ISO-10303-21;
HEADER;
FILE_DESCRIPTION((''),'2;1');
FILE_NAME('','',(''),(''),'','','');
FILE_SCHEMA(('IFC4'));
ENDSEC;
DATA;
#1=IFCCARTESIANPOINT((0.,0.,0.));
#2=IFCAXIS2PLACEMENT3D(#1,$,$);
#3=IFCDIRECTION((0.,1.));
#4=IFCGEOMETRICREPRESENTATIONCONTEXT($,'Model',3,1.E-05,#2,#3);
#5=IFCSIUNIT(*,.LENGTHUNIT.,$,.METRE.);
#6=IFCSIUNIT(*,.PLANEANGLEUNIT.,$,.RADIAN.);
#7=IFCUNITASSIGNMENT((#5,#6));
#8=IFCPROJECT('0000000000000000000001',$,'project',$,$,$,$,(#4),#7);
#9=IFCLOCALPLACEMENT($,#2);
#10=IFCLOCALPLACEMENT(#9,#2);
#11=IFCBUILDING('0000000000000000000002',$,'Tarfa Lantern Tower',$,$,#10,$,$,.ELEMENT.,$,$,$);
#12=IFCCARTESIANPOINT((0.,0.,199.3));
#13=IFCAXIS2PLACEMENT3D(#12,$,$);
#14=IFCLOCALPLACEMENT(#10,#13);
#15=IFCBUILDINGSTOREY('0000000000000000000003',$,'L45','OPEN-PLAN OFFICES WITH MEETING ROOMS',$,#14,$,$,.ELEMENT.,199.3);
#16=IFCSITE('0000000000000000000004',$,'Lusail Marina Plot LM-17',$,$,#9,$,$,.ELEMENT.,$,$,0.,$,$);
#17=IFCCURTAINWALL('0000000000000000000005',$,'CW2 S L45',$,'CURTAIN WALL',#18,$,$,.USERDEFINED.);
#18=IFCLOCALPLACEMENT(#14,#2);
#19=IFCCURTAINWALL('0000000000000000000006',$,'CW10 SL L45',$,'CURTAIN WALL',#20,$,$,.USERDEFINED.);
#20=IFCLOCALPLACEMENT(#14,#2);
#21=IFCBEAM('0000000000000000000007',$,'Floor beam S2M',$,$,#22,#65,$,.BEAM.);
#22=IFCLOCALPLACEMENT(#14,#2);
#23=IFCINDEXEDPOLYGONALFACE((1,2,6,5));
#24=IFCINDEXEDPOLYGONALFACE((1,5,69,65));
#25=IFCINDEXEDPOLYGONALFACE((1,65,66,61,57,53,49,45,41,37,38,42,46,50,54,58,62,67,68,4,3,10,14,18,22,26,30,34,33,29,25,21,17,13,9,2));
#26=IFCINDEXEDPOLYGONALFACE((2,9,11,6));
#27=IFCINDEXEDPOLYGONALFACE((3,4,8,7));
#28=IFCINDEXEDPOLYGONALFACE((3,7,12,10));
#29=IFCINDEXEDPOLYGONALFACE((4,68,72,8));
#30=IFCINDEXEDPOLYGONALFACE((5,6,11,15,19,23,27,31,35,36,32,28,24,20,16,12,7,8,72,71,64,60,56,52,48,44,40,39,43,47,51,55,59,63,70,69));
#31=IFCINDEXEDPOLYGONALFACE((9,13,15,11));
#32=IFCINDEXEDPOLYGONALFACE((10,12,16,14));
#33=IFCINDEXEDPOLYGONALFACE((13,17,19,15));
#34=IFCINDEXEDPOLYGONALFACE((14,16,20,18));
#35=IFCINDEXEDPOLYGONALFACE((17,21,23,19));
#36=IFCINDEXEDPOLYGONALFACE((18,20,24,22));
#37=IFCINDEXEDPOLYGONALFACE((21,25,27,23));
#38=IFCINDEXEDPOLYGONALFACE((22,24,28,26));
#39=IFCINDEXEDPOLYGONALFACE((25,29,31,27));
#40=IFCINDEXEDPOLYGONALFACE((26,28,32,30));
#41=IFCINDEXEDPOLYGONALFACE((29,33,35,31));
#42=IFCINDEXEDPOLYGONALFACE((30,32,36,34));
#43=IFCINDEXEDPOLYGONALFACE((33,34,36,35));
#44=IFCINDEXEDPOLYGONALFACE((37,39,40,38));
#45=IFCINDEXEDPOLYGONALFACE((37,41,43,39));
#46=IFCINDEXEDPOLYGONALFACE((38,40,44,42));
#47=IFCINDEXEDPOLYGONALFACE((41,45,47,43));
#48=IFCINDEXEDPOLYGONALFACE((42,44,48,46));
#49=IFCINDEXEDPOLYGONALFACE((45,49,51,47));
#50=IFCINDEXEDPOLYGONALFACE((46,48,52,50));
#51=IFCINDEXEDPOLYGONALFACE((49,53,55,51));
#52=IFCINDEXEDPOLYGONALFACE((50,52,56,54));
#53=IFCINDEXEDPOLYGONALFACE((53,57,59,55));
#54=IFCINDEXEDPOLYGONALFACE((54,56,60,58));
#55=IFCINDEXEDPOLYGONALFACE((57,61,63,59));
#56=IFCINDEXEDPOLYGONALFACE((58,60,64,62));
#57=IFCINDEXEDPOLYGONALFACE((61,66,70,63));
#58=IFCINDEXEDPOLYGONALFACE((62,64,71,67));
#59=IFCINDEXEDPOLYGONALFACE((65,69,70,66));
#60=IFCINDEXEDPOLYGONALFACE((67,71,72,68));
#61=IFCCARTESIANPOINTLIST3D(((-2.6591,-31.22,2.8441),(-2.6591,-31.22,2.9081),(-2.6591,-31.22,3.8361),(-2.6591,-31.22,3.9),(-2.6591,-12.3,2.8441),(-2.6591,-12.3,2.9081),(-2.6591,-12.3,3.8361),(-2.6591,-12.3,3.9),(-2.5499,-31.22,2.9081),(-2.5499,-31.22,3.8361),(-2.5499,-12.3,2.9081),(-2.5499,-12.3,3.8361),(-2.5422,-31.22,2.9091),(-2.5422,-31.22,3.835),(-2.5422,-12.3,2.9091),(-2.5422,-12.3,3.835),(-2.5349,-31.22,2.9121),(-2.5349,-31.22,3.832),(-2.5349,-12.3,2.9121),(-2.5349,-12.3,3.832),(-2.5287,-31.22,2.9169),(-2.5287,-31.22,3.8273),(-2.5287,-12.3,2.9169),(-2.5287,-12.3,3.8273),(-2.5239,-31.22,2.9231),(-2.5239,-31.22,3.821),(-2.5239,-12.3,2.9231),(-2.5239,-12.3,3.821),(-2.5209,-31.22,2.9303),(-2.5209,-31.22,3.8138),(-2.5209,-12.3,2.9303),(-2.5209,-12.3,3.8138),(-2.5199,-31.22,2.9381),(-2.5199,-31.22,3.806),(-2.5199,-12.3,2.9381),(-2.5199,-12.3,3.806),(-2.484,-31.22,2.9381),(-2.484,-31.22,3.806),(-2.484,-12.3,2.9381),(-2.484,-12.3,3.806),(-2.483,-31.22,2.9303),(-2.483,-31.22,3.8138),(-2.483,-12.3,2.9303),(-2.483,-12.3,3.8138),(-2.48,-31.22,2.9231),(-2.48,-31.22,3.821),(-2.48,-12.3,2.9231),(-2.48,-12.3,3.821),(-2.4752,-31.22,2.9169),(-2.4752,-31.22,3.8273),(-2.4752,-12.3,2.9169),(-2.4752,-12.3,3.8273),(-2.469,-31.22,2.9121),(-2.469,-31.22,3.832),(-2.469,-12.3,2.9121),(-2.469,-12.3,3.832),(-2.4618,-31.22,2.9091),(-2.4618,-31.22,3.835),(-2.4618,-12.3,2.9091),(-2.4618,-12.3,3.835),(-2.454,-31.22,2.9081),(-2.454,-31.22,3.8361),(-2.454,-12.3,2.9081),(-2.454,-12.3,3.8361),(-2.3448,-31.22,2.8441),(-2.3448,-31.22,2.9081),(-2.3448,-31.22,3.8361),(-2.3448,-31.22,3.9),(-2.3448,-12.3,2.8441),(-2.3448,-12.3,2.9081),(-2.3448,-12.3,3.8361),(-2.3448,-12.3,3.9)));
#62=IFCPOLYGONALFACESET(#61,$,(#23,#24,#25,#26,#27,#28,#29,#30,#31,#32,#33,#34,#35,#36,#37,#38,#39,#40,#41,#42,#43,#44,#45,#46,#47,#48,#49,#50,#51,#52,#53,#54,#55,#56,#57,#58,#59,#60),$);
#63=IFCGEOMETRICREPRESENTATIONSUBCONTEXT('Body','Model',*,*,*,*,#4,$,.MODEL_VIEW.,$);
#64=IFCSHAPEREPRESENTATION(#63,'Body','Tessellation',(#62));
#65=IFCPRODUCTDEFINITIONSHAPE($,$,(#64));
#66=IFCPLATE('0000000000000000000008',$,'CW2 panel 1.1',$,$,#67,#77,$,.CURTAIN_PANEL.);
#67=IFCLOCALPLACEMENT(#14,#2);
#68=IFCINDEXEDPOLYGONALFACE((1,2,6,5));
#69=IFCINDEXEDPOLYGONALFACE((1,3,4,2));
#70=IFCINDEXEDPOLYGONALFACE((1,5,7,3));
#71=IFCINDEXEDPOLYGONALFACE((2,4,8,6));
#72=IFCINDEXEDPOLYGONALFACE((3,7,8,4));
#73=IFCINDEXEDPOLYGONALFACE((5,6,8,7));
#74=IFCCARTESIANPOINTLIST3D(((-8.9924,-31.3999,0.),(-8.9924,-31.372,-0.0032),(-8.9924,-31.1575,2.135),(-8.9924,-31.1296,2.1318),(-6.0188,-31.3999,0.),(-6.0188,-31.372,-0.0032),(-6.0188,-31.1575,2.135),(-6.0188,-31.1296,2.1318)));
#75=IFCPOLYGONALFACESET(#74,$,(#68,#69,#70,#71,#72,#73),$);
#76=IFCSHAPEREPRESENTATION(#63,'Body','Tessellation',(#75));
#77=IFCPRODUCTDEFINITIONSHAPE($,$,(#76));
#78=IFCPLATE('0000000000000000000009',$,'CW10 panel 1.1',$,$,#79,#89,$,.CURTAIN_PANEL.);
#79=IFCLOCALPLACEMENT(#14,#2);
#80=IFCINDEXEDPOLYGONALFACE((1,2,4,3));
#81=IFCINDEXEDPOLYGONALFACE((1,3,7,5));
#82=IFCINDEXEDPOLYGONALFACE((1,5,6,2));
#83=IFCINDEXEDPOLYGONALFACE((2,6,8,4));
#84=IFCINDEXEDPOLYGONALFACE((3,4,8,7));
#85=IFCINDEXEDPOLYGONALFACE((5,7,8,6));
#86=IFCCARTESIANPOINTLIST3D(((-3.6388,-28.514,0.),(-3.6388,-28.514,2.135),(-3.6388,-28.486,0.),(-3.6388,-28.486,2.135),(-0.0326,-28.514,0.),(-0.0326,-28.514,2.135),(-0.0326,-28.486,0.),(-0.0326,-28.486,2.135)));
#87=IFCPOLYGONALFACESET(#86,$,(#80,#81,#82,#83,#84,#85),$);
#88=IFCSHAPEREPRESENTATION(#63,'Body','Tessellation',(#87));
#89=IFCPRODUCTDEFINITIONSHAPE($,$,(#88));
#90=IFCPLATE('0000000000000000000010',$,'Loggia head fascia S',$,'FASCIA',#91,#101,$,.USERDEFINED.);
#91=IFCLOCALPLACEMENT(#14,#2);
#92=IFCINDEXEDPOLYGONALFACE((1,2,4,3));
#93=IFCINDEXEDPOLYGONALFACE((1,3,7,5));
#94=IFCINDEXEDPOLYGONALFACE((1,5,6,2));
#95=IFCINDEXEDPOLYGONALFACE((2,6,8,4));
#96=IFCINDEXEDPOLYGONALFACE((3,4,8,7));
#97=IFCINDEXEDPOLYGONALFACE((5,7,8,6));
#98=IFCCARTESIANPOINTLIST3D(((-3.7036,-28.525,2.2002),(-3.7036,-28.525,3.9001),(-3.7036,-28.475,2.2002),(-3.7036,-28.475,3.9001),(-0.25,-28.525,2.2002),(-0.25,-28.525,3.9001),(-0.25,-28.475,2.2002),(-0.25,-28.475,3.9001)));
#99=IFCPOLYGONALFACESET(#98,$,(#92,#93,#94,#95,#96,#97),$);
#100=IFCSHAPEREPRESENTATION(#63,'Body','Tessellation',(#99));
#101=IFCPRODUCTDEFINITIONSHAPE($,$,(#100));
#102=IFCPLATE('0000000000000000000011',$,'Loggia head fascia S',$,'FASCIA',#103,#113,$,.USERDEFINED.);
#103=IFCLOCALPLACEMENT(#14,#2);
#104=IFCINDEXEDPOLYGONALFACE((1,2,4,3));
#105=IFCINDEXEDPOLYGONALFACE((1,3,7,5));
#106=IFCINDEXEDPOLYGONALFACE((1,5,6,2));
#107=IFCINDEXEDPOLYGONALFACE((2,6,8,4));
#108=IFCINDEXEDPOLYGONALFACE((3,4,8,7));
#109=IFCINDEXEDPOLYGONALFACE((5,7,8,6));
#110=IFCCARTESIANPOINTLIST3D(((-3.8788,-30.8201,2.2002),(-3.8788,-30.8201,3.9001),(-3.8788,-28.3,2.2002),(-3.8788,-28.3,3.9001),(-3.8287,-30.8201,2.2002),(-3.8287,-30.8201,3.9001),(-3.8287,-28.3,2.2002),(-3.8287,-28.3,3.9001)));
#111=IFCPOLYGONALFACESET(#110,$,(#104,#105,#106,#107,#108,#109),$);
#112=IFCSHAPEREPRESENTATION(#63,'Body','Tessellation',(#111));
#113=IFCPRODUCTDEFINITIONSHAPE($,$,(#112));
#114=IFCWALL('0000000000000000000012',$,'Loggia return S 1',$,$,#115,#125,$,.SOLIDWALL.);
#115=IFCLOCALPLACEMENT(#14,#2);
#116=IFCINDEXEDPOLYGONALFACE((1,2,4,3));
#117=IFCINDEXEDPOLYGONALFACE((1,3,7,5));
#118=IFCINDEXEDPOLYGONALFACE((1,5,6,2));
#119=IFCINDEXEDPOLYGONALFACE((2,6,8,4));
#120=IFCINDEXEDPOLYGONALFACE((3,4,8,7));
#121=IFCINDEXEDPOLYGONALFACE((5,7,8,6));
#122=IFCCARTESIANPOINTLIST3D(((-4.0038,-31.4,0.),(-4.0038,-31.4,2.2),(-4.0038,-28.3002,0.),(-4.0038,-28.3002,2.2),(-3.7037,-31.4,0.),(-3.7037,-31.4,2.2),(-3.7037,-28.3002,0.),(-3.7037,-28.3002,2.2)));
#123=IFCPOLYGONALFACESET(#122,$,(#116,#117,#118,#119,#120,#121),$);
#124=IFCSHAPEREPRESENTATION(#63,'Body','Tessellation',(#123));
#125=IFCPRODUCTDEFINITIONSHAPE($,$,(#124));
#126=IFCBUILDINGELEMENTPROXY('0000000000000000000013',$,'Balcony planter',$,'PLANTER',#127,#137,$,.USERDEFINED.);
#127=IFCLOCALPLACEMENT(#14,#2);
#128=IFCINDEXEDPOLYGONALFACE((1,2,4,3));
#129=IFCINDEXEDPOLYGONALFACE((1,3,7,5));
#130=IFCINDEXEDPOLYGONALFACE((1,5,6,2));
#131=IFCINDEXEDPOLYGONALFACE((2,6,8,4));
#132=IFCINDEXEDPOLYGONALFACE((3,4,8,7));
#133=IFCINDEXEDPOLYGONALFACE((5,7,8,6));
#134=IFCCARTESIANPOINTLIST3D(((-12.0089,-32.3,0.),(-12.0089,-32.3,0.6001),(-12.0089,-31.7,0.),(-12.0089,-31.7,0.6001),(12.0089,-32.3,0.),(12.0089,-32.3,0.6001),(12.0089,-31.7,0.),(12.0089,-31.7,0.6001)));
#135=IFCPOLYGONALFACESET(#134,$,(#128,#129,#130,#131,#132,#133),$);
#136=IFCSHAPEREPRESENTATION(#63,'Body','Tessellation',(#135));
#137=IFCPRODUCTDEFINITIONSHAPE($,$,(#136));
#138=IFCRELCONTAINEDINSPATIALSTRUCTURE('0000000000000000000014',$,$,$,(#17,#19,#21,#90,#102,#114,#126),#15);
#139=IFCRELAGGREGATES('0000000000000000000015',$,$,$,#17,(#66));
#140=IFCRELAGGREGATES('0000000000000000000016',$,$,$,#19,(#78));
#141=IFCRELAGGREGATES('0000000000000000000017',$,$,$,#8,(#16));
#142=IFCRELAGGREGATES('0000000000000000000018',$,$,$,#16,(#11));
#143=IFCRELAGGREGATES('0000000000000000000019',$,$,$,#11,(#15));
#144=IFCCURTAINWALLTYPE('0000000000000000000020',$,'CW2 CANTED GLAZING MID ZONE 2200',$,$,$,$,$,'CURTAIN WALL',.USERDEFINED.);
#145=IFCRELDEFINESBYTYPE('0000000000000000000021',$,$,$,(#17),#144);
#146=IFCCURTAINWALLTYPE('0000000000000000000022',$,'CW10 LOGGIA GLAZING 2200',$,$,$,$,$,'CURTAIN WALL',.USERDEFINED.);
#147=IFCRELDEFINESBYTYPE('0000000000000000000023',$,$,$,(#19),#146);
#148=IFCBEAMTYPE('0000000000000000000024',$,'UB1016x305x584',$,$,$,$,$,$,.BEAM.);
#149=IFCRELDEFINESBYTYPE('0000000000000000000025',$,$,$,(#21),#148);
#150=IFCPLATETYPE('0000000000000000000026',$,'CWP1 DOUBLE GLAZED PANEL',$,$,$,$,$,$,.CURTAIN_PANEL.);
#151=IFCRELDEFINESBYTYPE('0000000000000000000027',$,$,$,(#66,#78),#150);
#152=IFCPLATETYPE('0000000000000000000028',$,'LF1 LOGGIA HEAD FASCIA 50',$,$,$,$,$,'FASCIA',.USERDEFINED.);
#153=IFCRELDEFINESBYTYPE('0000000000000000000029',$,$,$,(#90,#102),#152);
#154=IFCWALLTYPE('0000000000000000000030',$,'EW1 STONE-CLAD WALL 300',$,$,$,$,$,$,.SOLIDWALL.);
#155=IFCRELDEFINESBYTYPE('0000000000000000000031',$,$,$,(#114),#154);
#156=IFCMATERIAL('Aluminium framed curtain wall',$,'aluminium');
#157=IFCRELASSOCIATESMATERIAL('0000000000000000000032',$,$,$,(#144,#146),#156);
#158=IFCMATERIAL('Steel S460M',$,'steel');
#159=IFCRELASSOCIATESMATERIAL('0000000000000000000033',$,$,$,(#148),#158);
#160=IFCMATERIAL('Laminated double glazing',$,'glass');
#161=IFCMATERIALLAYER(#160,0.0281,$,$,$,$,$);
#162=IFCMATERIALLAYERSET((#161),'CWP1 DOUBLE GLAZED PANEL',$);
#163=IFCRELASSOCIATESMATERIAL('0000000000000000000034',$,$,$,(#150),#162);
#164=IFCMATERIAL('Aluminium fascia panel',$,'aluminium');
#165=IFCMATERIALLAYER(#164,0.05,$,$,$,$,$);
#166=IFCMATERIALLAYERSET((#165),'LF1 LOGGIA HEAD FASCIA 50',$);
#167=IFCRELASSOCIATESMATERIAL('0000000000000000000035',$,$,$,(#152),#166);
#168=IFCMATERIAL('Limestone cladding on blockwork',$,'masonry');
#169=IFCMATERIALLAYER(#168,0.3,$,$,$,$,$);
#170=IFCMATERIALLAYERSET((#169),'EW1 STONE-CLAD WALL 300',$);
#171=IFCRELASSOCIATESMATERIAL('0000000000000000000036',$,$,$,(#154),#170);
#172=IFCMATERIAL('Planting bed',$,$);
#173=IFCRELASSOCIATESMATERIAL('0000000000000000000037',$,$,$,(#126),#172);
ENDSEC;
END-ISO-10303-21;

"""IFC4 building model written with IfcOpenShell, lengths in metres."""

from ifc_helpers import new_model, si_unit, direction, frame, frame_2d, origin, origin_2d, place, context, subcontext, project, spatial, polyline, rectangle, i_section, outline, extrude, material, layer, layer_set, material_profile, profile_set, type_object, element, aggregate, save


model = new_model("IFC4")

# Units and contexts
model_context = context("Model", 3, precision=1e-05, world=origin(), true_north=direction((0.0, 1.0)))
body_context = subcontext(model_context, "Body", "Model", "MODEL_VIEW")
ifc_project = project(units=[si_unit("LENGTHUNIT", "METRE"), si_unit("PLANEANGLEUNIT", "RADIAN")], contexts=[model_context])

# Site, building, storey
site_placement = place(None, origin())
site = spatial("IfcSite", under=ifc_project, at=site_placement, Name="Lusail Marina Plot LM-17", CompositionType="ELEMENT", RefElevation=0.0)
building_placement = place(site_placement, origin())
building = spatial("IfcBuilding", under=site, at=building_placement, Name="Tarfa Lantern Tower", CompositionType="ELEMENT")
storey_placement = place(building_placement, frame((0.0, 0.0, 199.3)))
storey = spatial("IfcBuildingStorey", under=building, at=storey_placement, Name="L45", Description="OPEN-PLAN OFFICES WITH MEETING ROOMS", CompositionType="ELEMENT", Elevation=199.3)

# Shared definitions
ifc_material_1 = material(Name="Aluminium framed curtain wall", Category="aluminium")
curtain_wall_type_1 = type_object("IfcCurtainWallType", Name="CW2 CANTED GLAZING MID ZONE 2200", ElementType="CURTAIN WALL", PredefinedType="USERDEFINED", material=ifc_material_1)

# Curtain walls
curtain_wall_1_placement = place(storey_placement, origin())
curtain_wall_1 = element("IfcCurtainWall", 1, at=curtain_wall_1_placement, inside=storey, type_object=curtain_wall_type_1, Name="CW2 S L45", ObjectType="CURTAIN WALL", PredefinedType="USERDEFINED")
curtain_wall_type_2 = type_object("IfcCurtainWallType", Name="CW10 LOGGIA GLAZING 2200", ElementType="CURTAIN WALL", PredefinedType="USERDEFINED", material=ifc_material_1)
curtain_wall_2_placement = place(storey_placement, origin())
curtain_wall_2 = element("IfcCurtainWall", 2, at=curtain_wall_2_placement, inside=storey, type_object=curtain_wall_type_2, Name="CW10 SL L45", ObjectType="CURTAIN WALL", PredefinedType="USERDEFINED")

# Beam
ifc_material_2 = material(Name="Steel S460M", Category="steel")
ifc_material_profile_1 = material_profile(ifc_material_2, i_section(OverallWidth=0.3142, OverallDepth=1.0559, WebThickness=0.0359, FlangeThickness=0.064, FilletRadius=0.03, at=origin_2d()), Name="UB1016x305x584")
ifc_profile_set_1 = profile_set([ifc_material_profile_1], Name="Steel S460M")
beam_type_1 = type_object("IfcBeamType", Name="UB1016x305x584", PredefinedType="BEAM", material=ifc_profile_set_1)
for number, where, z_axis, x_axis, name in (
    (3, (-2.502, -31.22, 3.3721), (0.0, 1.0, 0.0), (-1.0, 0.0, 0.0), "Floor beam S2M"),
):
    element("IfcBeam", number, at=place(storey_placement, frame(where, z_axis=z_axis, x_axis=x_axis)), inside=storey, type_object=beam_type_1, Name=name, PredefinedType="BEAM", context=body_context, shape_type="SweptSolid", body=[
        extrude(i_section(OverallWidth=0.3142, OverallDepth=1.0559, WebThickness=0.0359, FlangeThickness=0.064, FilletRadius=0.03, at=origin_2d()), origin(), (0.0, 0.0, 1.0), 18.9199),
    ])

# Plates
ifc_material_3 = material(Name="Laminated double glazing", Category="glass")
ifc_layer_1 = layer(ifc_material_3, 0.0281)
ifc_layer_set_1 = layer_set([ifc_layer_1], Name="CWP1 DOUBLE GLAZED PANEL")
plate_type_1 = type_object("IfcPlateType", Name="CWP1 DOUBLE GLAZED PANEL", PredefinedType="CURTAIN_PANEL", material=ifc_layer_set_1)
plate_1_placement = place(storey_placement, frame((-8.9924, -31.3999, 0.0), z_axis=(0.0, -0.993615, 0.112826), x_axis=(1.0, 0.0, 0.0)))
plate_1 = element("IfcPlate", 4, at=plate_1_placement, type_object=plate_type_1, Name="CW2 panel 1.1", PredefinedType="CURTAIN_PANEL", context=body_context, shape_type="SweptSolid", body=[
    extrude(outline(polyline([(0.0, 0.0), (2.9736, 0.0), (2.9736, 2.1487), (0.0, 2.1487), (0.0, 0.0)])), origin(), (0.0, 0.0, -1.0), 0.0281),
])
aggregate(curtain_wall_1, [plate_1])
plate_2_placement = place(storey_placement, frame((-1.8357, -28.5, 0.0), z_axis=(0.0, 0.0, 1.0), x_axis=(1.0, 0.0, 0.0)))
plate_2 = element("IfcPlate", 5, at=plate_2_placement, type_object=plate_type_1, Name="CW10 panel 1.1", PredefinedType="CURTAIN_PANEL", context=body_context, shape_type="SweptSolid", body=[
    extrude(rectangle(XDim=3.6062, YDim=0.0281, at=origin_2d()), origin(), (0.0, 0.0, 1.0), 2.135),
])
aggregate(curtain_wall_2, [plate_2])

# Plates
ifc_material_4 = material(Name="Aluminium fascia panel", Category="aluminium")
ifc_layer_2 = layer(ifc_material_4, 0.05)
ifc_layer_set_2 = layer_set([ifc_layer_2], Name="LF1 LOGGIA HEAD FASCIA 50")
plate_type_2 = type_object("IfcPlateType", Name="LF1 LOGGIA HEAD FASCIA 50", ElementType="FASCIA", PredefinedType="USERDEFINED", material=ifc_layer_set_2)
plate_3_placement = place(storey_placement, frame((-1.9768, -28.5, 2.2002), z_axis=(0.0, 0.0, 1.0), x_axis=(1.0, 0.0, 0.0)))
element("IfcPlate", 6, at=plate_3_placement, inside=storey, type_object=plate_type_2, Name="Loggia head fascia S", ObjectType="FASCIA", PredefinedType="USERDEFINED", context=body_context, shape_type="SweptSolid", body=[
    extrude(rectangle(XDim=3.4536, YDim=0.05, at=origin_2d()), origin(), (0.0, 0.0, 1.0), 1.7),
])
plate_4_placement = place(storey_placement, frame((-3.8538, -29.5601, 2.2002), z_axis=(0.0, 0.0, 1.0), x_axis=(0.0, 1.0, 0.0)))
element("IfcPlate", 7, at=plate_4_placement, inside=storey, type_object=plate_type_2, Name="Loggia head fascia S", ObjectType="FASCIA", PredefinedType="USERDEFINED", context=body_context, shape_type="SweptSolid", body=[
    extrude(rectangle(XDim=2.52, YDim=0.05, at=origin_2d()), origin(), (0.0, 0.0, 1.0), 1.7),
])

# Wall
ifc_material_5 = material(Name="Limestone cladding on blockwork", Category="masonry")
ifc_layer_3 = layer(ifc_material_5, 0.3)
ifc_layer_set_3 = layer_set([ifc_layer_3], Name="EW1 STONE-CLAD WALL 300")
wall_type = type_object("IfcWallType", Name="EW1 STONE-CLAD WALL 300", PredefinedType="SOLIDWALL", material=ifc_layer_set_3)
wall_placement = place(storey_placement, frame((-3.8538, -31.3999, 0.0), z_axis=(0.0, 0.0, 1.0), x_axis=(0.0, 1.0, 0.0)))
element("IfcWall", 8, at=wall_placement, inside=storey, type_object=wall_type, Name="Loggia return S 1", PredefinedType="SOLIDWALL", context=body_context, shape_type="SweptSolid", body=[
    extrude(rectangle(XDim=3.0999, YDim=0.3, at=frame_2d((1.5498, 0.0))), origin(), (0.0, 0.0, 1.0), 2.2),
])

# Building element proxy
ifc_material_6 = material(Name="Planting bed")
proxy_placement = place(storey_placement, frame((0.0, -32.0, 0.0), z_axis=(0.0, 0.0, 1.0), x_axis=(1.0, 0.0, 0.0)))
element("IfcBuildingElementProxy", 9, at=proxy_placement, inside=storey, material=ifc_material_6, Name="Balcony planter", ObjectType="PLANTER", PredefinedType="USERDEFINED", context=body_context, shape_type="SweptSolid", body=[
    extrude(rectangle(XDim=24.0178, YDim=0.6001, at=origin_2d()), origin(), (0.0, 0.0, 1.0), 0.6001),
])

save(model, "model.ifc")
